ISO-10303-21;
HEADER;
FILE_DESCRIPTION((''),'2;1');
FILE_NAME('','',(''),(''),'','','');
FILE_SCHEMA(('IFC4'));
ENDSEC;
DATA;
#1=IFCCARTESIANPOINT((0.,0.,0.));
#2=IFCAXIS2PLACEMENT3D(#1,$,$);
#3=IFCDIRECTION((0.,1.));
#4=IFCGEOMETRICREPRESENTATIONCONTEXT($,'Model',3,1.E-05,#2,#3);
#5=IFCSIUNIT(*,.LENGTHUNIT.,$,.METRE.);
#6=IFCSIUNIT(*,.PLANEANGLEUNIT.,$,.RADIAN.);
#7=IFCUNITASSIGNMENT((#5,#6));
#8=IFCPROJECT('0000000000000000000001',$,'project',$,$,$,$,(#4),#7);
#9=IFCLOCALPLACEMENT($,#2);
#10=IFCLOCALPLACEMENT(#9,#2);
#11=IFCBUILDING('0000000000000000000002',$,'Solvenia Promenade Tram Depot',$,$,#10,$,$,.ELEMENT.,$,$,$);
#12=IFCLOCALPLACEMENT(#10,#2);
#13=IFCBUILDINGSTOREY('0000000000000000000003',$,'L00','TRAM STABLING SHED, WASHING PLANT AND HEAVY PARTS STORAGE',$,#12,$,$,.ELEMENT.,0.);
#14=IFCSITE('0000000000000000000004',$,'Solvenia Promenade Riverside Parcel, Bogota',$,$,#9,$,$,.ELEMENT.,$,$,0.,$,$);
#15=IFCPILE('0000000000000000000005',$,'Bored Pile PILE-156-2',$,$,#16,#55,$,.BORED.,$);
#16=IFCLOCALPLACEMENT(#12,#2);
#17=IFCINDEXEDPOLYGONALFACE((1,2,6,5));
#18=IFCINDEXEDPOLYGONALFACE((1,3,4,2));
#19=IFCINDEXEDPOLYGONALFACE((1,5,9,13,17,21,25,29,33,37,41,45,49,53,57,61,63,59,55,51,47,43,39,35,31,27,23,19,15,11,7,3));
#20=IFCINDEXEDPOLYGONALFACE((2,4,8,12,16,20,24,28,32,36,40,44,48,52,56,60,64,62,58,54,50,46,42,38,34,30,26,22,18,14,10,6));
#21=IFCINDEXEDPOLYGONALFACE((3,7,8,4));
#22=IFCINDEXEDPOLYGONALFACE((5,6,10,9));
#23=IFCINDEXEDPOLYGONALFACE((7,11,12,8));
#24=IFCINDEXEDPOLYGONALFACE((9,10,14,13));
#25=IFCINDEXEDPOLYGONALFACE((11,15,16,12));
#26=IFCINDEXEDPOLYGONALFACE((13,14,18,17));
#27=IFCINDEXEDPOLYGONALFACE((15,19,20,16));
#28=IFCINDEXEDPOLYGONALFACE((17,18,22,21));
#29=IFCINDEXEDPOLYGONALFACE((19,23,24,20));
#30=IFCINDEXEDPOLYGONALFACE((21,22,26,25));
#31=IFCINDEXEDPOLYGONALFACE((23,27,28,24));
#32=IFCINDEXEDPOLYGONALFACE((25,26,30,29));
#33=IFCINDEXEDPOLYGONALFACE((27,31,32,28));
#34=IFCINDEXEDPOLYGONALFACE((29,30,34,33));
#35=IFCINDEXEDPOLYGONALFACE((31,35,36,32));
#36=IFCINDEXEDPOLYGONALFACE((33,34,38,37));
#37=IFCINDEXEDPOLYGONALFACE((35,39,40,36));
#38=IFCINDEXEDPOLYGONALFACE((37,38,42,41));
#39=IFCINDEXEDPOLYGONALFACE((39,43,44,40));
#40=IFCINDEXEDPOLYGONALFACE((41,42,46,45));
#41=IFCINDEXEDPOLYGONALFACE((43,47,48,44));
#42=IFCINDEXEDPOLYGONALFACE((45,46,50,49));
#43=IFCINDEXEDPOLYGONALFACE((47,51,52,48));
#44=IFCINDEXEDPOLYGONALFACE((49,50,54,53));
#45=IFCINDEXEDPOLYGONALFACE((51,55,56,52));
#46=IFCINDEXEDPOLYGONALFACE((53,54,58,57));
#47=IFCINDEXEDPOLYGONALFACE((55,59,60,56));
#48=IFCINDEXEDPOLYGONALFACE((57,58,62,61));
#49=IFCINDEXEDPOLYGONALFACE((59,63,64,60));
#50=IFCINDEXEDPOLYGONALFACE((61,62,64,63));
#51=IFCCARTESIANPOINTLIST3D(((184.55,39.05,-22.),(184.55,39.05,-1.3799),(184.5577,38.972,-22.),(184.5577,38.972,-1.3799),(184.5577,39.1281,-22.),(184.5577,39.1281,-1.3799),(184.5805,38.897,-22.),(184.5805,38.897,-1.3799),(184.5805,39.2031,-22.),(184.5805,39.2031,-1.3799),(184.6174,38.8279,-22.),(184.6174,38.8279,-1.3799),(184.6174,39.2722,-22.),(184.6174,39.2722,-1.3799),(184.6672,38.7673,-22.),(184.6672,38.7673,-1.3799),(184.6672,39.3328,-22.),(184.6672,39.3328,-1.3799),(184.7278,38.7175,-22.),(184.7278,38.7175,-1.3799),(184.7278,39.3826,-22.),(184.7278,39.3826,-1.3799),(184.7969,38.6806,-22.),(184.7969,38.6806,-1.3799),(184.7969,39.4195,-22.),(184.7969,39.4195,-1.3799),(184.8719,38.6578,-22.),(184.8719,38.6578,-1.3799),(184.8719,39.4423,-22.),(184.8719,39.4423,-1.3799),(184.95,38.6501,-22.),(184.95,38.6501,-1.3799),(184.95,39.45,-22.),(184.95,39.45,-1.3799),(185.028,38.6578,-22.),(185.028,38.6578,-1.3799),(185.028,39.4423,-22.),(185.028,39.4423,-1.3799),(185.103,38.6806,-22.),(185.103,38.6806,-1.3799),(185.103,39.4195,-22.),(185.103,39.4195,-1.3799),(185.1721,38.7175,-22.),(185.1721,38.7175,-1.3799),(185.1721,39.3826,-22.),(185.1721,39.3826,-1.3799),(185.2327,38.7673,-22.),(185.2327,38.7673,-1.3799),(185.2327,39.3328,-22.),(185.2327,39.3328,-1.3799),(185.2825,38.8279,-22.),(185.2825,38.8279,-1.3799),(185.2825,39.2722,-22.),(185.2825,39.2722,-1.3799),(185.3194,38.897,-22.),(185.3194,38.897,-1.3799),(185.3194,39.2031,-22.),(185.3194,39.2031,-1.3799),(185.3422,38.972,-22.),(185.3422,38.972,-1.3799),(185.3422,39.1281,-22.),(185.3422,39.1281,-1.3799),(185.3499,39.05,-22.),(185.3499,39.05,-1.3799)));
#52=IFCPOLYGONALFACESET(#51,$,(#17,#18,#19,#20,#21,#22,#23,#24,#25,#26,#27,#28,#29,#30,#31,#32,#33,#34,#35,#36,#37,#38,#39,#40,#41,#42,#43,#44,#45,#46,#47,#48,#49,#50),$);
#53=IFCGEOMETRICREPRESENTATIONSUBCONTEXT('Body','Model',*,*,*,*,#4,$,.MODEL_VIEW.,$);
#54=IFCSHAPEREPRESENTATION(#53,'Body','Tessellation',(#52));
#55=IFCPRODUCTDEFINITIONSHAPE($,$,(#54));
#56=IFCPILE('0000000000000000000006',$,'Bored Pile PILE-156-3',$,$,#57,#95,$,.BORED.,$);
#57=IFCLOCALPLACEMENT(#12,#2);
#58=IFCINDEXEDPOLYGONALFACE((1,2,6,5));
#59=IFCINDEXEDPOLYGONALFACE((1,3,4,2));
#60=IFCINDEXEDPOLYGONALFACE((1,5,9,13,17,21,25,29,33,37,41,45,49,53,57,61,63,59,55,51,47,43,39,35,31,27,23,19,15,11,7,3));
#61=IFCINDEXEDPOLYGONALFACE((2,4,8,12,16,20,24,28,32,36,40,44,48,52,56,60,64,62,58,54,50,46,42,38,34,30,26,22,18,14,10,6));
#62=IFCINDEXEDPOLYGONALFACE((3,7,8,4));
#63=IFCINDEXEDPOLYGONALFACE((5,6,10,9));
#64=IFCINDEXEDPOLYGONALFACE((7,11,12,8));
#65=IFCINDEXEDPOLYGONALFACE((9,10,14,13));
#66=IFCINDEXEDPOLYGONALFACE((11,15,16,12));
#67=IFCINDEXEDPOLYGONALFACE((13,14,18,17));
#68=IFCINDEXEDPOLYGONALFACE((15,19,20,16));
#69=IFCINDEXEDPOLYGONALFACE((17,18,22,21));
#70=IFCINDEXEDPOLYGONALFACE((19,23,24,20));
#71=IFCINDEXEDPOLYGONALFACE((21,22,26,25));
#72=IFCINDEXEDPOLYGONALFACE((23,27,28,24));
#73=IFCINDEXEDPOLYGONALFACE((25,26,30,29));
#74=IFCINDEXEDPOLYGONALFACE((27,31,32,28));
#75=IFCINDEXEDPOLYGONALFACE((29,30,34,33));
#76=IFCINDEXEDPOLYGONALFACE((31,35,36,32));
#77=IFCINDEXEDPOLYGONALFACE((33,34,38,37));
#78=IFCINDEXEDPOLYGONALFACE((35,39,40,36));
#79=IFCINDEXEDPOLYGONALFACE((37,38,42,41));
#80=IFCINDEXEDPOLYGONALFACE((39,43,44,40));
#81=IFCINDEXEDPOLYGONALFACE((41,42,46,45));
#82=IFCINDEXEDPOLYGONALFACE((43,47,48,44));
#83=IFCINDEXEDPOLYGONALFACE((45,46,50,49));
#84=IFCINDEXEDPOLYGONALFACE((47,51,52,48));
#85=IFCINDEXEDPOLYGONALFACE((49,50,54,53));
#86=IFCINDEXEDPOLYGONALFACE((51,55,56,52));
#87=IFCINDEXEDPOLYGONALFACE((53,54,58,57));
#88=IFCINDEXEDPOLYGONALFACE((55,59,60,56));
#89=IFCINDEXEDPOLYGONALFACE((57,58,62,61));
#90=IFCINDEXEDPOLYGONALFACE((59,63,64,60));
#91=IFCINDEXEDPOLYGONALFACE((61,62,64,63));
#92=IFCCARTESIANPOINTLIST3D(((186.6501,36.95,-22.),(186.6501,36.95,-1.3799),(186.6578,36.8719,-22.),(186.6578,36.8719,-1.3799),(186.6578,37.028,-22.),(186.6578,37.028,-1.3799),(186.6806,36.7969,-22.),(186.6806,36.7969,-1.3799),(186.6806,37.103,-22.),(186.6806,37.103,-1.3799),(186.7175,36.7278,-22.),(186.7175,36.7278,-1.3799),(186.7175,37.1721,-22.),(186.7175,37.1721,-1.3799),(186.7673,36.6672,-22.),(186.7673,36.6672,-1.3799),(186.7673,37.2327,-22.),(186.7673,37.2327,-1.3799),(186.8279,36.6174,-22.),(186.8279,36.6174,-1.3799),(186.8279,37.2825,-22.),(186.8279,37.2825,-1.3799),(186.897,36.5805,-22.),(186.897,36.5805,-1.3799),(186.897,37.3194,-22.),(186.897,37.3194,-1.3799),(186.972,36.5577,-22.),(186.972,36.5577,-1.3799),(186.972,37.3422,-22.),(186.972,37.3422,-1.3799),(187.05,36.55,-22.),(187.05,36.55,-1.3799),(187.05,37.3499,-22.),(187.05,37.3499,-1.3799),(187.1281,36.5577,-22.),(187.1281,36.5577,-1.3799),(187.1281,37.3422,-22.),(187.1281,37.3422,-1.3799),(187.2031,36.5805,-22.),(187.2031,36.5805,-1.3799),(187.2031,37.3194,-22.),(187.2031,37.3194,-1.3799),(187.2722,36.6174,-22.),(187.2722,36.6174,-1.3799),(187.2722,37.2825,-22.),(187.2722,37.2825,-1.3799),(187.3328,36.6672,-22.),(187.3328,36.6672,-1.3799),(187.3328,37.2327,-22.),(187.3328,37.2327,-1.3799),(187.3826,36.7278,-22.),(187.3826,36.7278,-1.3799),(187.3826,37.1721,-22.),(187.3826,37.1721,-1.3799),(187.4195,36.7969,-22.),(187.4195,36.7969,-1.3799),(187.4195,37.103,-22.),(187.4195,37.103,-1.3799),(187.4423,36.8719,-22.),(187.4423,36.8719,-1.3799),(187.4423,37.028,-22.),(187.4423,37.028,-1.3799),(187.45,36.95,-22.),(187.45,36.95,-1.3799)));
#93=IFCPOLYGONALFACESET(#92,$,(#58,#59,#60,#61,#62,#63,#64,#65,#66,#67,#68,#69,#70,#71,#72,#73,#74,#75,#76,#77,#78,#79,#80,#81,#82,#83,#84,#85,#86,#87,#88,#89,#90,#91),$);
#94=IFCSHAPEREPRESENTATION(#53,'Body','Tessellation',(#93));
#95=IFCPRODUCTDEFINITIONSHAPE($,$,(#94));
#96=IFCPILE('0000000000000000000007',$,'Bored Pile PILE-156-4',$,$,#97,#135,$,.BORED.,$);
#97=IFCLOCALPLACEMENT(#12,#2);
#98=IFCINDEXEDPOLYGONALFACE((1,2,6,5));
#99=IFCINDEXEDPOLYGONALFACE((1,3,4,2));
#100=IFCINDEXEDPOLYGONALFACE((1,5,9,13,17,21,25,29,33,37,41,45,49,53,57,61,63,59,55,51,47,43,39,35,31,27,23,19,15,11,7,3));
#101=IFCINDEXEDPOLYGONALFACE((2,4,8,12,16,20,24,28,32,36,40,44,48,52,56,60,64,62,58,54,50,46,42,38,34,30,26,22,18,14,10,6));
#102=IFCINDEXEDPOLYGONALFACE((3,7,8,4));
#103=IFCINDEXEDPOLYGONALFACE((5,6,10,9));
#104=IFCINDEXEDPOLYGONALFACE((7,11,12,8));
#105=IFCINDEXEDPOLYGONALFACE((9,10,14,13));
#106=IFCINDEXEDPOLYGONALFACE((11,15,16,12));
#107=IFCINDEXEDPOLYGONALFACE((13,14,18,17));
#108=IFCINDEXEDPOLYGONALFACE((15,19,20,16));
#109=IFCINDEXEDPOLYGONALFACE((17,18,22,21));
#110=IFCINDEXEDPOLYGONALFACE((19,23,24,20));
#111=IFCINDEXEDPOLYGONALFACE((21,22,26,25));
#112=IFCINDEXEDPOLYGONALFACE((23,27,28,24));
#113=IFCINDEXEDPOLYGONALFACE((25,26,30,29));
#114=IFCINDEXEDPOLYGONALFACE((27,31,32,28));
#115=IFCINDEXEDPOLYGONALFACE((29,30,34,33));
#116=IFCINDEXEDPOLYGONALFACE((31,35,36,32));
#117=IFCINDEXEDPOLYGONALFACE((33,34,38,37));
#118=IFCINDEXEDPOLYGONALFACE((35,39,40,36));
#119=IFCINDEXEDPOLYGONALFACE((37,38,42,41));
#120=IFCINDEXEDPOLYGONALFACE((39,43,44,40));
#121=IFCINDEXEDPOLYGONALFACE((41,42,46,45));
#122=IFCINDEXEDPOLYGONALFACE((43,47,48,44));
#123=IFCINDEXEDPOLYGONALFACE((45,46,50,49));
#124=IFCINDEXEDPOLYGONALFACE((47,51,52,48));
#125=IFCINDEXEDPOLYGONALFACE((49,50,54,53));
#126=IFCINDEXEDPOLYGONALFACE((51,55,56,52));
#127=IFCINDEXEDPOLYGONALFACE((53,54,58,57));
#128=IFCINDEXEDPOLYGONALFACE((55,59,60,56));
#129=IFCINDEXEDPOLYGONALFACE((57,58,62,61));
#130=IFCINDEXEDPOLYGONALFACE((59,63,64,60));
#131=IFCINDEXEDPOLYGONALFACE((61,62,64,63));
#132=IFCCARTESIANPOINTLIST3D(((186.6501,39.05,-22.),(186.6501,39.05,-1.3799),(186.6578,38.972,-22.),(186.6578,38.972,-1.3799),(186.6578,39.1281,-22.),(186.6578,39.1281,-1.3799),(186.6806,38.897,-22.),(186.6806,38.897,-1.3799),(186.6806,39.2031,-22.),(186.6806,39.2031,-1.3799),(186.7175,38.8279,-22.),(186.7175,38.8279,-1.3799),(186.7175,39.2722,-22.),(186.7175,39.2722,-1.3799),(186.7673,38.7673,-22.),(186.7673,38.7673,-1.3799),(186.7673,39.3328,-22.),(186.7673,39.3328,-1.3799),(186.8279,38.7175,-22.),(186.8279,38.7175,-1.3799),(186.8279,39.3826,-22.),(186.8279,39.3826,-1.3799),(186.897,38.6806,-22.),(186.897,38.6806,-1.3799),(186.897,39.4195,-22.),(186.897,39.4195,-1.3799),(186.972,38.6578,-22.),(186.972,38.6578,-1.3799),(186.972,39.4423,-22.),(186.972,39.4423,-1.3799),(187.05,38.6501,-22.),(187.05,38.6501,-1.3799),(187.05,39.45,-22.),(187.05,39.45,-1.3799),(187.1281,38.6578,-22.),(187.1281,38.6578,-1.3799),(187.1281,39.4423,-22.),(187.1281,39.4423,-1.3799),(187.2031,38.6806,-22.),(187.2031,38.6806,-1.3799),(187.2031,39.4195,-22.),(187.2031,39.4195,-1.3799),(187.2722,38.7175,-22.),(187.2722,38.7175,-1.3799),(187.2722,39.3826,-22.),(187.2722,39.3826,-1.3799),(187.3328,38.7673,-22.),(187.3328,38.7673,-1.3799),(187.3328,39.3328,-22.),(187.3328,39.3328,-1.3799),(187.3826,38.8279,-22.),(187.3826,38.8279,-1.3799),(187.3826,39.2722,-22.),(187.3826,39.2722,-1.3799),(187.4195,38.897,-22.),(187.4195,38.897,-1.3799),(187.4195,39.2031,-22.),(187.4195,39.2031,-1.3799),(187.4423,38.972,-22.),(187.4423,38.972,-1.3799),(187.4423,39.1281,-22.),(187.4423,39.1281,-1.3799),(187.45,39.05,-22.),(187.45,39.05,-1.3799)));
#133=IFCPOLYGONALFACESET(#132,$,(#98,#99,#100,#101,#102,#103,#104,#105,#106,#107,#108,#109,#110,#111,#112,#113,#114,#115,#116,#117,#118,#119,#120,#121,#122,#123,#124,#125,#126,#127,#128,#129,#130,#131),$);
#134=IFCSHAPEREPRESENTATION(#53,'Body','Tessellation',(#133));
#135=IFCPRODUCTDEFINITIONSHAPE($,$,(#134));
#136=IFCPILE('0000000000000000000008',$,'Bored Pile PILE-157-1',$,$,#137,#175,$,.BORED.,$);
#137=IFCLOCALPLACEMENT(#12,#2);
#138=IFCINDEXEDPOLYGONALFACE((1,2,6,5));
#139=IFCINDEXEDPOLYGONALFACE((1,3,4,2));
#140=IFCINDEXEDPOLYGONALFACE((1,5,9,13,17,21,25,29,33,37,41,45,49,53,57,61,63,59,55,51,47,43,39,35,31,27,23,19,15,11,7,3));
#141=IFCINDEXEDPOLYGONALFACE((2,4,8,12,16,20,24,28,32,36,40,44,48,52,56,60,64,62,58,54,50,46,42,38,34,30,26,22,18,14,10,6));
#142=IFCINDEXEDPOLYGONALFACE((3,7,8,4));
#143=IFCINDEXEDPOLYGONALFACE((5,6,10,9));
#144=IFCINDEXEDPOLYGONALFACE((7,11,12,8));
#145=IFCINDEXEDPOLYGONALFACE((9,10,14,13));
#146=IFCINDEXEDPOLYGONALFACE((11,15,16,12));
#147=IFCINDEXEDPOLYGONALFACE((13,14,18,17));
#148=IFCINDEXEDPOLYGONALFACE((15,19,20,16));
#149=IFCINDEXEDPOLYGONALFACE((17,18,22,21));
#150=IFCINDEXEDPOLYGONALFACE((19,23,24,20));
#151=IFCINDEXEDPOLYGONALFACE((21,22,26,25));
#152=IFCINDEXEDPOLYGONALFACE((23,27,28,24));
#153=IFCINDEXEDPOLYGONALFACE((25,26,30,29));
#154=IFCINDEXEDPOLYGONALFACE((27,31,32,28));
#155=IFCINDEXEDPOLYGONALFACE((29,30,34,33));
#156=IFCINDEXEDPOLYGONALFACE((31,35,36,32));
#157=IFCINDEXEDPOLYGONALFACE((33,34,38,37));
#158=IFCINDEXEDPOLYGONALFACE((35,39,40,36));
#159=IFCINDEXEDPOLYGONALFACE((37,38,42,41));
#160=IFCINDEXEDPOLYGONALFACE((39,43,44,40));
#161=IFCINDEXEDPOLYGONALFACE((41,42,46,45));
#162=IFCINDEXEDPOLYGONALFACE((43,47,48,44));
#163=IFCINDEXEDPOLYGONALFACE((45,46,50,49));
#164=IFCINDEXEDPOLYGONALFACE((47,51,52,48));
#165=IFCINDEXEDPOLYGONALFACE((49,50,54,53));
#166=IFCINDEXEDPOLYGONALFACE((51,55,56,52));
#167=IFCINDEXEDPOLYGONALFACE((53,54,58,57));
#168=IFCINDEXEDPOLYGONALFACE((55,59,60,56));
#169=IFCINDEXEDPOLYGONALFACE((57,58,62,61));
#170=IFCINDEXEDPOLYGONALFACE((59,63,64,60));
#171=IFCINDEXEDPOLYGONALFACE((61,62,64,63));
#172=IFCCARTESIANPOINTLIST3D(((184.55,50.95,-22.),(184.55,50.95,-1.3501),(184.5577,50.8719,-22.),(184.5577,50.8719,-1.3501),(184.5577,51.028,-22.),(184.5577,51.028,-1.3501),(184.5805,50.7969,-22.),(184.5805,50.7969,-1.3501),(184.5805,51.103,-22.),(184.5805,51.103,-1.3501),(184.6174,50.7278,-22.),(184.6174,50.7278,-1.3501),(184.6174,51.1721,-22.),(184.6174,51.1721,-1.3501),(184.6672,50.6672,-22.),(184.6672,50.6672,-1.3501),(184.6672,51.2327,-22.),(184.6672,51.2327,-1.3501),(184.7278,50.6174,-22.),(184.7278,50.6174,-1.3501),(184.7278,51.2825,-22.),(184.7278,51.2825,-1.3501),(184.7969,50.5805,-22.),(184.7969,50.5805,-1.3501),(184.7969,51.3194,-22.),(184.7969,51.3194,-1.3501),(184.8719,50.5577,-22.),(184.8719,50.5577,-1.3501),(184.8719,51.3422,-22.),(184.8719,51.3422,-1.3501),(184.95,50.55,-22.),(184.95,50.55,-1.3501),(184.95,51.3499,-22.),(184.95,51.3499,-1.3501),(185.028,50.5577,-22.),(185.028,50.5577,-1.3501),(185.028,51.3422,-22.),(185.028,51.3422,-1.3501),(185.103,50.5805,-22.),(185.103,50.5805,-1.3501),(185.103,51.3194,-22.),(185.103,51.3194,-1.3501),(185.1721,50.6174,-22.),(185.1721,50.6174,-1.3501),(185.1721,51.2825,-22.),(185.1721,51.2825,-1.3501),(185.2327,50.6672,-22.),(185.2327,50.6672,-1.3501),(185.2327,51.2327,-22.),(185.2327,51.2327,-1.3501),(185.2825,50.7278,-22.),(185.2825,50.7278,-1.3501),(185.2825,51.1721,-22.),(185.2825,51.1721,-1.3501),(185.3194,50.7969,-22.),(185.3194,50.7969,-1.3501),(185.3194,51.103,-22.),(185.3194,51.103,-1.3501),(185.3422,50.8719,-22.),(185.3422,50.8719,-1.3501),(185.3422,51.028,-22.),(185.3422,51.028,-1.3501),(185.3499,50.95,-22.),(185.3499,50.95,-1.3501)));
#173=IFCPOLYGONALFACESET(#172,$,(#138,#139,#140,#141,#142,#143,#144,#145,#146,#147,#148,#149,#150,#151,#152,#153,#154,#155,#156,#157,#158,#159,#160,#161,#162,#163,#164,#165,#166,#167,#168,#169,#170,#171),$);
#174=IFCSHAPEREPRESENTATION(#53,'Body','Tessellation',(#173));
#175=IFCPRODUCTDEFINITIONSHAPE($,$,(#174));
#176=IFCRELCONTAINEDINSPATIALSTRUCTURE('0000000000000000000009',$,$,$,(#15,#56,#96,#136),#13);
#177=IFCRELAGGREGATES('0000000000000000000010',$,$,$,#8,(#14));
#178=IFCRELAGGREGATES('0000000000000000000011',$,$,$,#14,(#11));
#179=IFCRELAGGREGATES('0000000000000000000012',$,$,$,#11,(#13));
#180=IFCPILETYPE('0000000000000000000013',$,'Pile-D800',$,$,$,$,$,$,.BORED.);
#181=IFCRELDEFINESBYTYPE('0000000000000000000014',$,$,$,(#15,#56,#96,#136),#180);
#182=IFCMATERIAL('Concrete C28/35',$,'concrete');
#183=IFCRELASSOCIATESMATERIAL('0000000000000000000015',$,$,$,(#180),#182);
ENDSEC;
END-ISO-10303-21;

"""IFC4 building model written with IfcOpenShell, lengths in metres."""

from ifc_helpers import new_model, si_unit, direction, frame, origin, origin_2d, place, context, subcontext, project, spatial, circle, extrude, material, material_profile, profile_set, type_object, element, save


model = new_model("IFC4")

# Units and contexts
model_context = context("Model", 3, precision=1e-05, world=origin(), true_north=direction((0.0, 1.0)))
body_context = subcontext(model_context, "Body", "Model", "MODEL_VIEW")
ifc_project = project(units=[si_unit("LENGTHUNIT", "METRE"), si_unit("PLANEANGLEUNIT", "RADIAN")], contexts=[model_context])

# Site, building, storey
site_placement = place(None, origin())
site = spatial("IfcSite", under=ifc_project, at=site_placement, Name="Solvenia Promenade Riverside Parcel, Bogota", CompositionType="ELEMENT", RefElevation=0.0)
building_placement = place(site_placement, origin())
building = spatial("IfcBuilding", under=site, at=building_placement, Name="Solvenia Promenade Tram Depot", CompositionType="ELEMENT")
storey_placement = place(building_placement, origin())
storey = spatial("IfcBuildingStorey", under=building, at=storey_placement, Name="L00", Description="TRAM STABLING SHED, WASHING PLANT AND HEAVY PARTS STORAGE", CompositionType="ELEMENT", Elevation=0.0)

# Shared definitions
ifc_material_1 = material(Name="Concrete C28/35", Category="concrete")

# Piles
ifc_material_profile_1 = material_profile(ifc_material_1, circle(Radius=0.3999, at=origin_2d()), Name="D800", Category="concrete")
ifc_profile_set_1 = profile_set([ifc_material_profile_1], Name="Concrete C28/35")
pile_type_1 = type_object("IfcPileType", Name="Pile-D800", PredefinedType="BORED", material=ifc_profile_set_1)
for number, where, z_axis, x_axis, name in (
    (1, (184.95, 39.05, -1.3799), (0.0, 0.0, -1.0), (1.0, 0.0, 0.0), "Bored Pile PILE-156-2"),
    (2, (187.05, 36.95, -1.3799), (0.0, 0.0, -1.0), (1.0, 0.0, 0.0), "Bored Pile PILE-156-3"),
    (3, (187.05, 39.05, -1.3799), (0.0, 0.0, -1.0), (1.0, 0.0, 0.0), "Bored Pile PILE-156-4"),
):
    element("IfcPile", number, at=place(storey_placement, frame(where, z_axis=z_axis, x_axis=x_axis)), inside=storey, type_object=pile_type_1, Name=name, PredefinedType="BORED", context=body_context, shape_type="SweptSolid", body=[
        extrude(circle(Radius=0.3999, at=origin_2d()), origin(), (0.0, 0.0, 1.0), 20.6201),
    ])
for number, where, z_axis, x_axis, name in (
    (4, (184.95, 50.95, -1.3501), (0.0, 0.0, -1.0), (1.0, 0.0, 0.0), "Bored Pile PILE-157-1"),
):
    element("IfcPile", number, at=place(storey_placement, frame(where, z_axis=z_axis, x_axis=x_axis)), inside=storey, type_object=pile_type_1, Name=name, PredefinedType="BORED", context=body_context, shape_type="SweptSolid", body=[
        extrude(circle(Radius=0.3999, at=origin_2d()), origin(), (0.0, 0.0, 1.0), 20.6499),
    ])

save(model, "model.ifc")
